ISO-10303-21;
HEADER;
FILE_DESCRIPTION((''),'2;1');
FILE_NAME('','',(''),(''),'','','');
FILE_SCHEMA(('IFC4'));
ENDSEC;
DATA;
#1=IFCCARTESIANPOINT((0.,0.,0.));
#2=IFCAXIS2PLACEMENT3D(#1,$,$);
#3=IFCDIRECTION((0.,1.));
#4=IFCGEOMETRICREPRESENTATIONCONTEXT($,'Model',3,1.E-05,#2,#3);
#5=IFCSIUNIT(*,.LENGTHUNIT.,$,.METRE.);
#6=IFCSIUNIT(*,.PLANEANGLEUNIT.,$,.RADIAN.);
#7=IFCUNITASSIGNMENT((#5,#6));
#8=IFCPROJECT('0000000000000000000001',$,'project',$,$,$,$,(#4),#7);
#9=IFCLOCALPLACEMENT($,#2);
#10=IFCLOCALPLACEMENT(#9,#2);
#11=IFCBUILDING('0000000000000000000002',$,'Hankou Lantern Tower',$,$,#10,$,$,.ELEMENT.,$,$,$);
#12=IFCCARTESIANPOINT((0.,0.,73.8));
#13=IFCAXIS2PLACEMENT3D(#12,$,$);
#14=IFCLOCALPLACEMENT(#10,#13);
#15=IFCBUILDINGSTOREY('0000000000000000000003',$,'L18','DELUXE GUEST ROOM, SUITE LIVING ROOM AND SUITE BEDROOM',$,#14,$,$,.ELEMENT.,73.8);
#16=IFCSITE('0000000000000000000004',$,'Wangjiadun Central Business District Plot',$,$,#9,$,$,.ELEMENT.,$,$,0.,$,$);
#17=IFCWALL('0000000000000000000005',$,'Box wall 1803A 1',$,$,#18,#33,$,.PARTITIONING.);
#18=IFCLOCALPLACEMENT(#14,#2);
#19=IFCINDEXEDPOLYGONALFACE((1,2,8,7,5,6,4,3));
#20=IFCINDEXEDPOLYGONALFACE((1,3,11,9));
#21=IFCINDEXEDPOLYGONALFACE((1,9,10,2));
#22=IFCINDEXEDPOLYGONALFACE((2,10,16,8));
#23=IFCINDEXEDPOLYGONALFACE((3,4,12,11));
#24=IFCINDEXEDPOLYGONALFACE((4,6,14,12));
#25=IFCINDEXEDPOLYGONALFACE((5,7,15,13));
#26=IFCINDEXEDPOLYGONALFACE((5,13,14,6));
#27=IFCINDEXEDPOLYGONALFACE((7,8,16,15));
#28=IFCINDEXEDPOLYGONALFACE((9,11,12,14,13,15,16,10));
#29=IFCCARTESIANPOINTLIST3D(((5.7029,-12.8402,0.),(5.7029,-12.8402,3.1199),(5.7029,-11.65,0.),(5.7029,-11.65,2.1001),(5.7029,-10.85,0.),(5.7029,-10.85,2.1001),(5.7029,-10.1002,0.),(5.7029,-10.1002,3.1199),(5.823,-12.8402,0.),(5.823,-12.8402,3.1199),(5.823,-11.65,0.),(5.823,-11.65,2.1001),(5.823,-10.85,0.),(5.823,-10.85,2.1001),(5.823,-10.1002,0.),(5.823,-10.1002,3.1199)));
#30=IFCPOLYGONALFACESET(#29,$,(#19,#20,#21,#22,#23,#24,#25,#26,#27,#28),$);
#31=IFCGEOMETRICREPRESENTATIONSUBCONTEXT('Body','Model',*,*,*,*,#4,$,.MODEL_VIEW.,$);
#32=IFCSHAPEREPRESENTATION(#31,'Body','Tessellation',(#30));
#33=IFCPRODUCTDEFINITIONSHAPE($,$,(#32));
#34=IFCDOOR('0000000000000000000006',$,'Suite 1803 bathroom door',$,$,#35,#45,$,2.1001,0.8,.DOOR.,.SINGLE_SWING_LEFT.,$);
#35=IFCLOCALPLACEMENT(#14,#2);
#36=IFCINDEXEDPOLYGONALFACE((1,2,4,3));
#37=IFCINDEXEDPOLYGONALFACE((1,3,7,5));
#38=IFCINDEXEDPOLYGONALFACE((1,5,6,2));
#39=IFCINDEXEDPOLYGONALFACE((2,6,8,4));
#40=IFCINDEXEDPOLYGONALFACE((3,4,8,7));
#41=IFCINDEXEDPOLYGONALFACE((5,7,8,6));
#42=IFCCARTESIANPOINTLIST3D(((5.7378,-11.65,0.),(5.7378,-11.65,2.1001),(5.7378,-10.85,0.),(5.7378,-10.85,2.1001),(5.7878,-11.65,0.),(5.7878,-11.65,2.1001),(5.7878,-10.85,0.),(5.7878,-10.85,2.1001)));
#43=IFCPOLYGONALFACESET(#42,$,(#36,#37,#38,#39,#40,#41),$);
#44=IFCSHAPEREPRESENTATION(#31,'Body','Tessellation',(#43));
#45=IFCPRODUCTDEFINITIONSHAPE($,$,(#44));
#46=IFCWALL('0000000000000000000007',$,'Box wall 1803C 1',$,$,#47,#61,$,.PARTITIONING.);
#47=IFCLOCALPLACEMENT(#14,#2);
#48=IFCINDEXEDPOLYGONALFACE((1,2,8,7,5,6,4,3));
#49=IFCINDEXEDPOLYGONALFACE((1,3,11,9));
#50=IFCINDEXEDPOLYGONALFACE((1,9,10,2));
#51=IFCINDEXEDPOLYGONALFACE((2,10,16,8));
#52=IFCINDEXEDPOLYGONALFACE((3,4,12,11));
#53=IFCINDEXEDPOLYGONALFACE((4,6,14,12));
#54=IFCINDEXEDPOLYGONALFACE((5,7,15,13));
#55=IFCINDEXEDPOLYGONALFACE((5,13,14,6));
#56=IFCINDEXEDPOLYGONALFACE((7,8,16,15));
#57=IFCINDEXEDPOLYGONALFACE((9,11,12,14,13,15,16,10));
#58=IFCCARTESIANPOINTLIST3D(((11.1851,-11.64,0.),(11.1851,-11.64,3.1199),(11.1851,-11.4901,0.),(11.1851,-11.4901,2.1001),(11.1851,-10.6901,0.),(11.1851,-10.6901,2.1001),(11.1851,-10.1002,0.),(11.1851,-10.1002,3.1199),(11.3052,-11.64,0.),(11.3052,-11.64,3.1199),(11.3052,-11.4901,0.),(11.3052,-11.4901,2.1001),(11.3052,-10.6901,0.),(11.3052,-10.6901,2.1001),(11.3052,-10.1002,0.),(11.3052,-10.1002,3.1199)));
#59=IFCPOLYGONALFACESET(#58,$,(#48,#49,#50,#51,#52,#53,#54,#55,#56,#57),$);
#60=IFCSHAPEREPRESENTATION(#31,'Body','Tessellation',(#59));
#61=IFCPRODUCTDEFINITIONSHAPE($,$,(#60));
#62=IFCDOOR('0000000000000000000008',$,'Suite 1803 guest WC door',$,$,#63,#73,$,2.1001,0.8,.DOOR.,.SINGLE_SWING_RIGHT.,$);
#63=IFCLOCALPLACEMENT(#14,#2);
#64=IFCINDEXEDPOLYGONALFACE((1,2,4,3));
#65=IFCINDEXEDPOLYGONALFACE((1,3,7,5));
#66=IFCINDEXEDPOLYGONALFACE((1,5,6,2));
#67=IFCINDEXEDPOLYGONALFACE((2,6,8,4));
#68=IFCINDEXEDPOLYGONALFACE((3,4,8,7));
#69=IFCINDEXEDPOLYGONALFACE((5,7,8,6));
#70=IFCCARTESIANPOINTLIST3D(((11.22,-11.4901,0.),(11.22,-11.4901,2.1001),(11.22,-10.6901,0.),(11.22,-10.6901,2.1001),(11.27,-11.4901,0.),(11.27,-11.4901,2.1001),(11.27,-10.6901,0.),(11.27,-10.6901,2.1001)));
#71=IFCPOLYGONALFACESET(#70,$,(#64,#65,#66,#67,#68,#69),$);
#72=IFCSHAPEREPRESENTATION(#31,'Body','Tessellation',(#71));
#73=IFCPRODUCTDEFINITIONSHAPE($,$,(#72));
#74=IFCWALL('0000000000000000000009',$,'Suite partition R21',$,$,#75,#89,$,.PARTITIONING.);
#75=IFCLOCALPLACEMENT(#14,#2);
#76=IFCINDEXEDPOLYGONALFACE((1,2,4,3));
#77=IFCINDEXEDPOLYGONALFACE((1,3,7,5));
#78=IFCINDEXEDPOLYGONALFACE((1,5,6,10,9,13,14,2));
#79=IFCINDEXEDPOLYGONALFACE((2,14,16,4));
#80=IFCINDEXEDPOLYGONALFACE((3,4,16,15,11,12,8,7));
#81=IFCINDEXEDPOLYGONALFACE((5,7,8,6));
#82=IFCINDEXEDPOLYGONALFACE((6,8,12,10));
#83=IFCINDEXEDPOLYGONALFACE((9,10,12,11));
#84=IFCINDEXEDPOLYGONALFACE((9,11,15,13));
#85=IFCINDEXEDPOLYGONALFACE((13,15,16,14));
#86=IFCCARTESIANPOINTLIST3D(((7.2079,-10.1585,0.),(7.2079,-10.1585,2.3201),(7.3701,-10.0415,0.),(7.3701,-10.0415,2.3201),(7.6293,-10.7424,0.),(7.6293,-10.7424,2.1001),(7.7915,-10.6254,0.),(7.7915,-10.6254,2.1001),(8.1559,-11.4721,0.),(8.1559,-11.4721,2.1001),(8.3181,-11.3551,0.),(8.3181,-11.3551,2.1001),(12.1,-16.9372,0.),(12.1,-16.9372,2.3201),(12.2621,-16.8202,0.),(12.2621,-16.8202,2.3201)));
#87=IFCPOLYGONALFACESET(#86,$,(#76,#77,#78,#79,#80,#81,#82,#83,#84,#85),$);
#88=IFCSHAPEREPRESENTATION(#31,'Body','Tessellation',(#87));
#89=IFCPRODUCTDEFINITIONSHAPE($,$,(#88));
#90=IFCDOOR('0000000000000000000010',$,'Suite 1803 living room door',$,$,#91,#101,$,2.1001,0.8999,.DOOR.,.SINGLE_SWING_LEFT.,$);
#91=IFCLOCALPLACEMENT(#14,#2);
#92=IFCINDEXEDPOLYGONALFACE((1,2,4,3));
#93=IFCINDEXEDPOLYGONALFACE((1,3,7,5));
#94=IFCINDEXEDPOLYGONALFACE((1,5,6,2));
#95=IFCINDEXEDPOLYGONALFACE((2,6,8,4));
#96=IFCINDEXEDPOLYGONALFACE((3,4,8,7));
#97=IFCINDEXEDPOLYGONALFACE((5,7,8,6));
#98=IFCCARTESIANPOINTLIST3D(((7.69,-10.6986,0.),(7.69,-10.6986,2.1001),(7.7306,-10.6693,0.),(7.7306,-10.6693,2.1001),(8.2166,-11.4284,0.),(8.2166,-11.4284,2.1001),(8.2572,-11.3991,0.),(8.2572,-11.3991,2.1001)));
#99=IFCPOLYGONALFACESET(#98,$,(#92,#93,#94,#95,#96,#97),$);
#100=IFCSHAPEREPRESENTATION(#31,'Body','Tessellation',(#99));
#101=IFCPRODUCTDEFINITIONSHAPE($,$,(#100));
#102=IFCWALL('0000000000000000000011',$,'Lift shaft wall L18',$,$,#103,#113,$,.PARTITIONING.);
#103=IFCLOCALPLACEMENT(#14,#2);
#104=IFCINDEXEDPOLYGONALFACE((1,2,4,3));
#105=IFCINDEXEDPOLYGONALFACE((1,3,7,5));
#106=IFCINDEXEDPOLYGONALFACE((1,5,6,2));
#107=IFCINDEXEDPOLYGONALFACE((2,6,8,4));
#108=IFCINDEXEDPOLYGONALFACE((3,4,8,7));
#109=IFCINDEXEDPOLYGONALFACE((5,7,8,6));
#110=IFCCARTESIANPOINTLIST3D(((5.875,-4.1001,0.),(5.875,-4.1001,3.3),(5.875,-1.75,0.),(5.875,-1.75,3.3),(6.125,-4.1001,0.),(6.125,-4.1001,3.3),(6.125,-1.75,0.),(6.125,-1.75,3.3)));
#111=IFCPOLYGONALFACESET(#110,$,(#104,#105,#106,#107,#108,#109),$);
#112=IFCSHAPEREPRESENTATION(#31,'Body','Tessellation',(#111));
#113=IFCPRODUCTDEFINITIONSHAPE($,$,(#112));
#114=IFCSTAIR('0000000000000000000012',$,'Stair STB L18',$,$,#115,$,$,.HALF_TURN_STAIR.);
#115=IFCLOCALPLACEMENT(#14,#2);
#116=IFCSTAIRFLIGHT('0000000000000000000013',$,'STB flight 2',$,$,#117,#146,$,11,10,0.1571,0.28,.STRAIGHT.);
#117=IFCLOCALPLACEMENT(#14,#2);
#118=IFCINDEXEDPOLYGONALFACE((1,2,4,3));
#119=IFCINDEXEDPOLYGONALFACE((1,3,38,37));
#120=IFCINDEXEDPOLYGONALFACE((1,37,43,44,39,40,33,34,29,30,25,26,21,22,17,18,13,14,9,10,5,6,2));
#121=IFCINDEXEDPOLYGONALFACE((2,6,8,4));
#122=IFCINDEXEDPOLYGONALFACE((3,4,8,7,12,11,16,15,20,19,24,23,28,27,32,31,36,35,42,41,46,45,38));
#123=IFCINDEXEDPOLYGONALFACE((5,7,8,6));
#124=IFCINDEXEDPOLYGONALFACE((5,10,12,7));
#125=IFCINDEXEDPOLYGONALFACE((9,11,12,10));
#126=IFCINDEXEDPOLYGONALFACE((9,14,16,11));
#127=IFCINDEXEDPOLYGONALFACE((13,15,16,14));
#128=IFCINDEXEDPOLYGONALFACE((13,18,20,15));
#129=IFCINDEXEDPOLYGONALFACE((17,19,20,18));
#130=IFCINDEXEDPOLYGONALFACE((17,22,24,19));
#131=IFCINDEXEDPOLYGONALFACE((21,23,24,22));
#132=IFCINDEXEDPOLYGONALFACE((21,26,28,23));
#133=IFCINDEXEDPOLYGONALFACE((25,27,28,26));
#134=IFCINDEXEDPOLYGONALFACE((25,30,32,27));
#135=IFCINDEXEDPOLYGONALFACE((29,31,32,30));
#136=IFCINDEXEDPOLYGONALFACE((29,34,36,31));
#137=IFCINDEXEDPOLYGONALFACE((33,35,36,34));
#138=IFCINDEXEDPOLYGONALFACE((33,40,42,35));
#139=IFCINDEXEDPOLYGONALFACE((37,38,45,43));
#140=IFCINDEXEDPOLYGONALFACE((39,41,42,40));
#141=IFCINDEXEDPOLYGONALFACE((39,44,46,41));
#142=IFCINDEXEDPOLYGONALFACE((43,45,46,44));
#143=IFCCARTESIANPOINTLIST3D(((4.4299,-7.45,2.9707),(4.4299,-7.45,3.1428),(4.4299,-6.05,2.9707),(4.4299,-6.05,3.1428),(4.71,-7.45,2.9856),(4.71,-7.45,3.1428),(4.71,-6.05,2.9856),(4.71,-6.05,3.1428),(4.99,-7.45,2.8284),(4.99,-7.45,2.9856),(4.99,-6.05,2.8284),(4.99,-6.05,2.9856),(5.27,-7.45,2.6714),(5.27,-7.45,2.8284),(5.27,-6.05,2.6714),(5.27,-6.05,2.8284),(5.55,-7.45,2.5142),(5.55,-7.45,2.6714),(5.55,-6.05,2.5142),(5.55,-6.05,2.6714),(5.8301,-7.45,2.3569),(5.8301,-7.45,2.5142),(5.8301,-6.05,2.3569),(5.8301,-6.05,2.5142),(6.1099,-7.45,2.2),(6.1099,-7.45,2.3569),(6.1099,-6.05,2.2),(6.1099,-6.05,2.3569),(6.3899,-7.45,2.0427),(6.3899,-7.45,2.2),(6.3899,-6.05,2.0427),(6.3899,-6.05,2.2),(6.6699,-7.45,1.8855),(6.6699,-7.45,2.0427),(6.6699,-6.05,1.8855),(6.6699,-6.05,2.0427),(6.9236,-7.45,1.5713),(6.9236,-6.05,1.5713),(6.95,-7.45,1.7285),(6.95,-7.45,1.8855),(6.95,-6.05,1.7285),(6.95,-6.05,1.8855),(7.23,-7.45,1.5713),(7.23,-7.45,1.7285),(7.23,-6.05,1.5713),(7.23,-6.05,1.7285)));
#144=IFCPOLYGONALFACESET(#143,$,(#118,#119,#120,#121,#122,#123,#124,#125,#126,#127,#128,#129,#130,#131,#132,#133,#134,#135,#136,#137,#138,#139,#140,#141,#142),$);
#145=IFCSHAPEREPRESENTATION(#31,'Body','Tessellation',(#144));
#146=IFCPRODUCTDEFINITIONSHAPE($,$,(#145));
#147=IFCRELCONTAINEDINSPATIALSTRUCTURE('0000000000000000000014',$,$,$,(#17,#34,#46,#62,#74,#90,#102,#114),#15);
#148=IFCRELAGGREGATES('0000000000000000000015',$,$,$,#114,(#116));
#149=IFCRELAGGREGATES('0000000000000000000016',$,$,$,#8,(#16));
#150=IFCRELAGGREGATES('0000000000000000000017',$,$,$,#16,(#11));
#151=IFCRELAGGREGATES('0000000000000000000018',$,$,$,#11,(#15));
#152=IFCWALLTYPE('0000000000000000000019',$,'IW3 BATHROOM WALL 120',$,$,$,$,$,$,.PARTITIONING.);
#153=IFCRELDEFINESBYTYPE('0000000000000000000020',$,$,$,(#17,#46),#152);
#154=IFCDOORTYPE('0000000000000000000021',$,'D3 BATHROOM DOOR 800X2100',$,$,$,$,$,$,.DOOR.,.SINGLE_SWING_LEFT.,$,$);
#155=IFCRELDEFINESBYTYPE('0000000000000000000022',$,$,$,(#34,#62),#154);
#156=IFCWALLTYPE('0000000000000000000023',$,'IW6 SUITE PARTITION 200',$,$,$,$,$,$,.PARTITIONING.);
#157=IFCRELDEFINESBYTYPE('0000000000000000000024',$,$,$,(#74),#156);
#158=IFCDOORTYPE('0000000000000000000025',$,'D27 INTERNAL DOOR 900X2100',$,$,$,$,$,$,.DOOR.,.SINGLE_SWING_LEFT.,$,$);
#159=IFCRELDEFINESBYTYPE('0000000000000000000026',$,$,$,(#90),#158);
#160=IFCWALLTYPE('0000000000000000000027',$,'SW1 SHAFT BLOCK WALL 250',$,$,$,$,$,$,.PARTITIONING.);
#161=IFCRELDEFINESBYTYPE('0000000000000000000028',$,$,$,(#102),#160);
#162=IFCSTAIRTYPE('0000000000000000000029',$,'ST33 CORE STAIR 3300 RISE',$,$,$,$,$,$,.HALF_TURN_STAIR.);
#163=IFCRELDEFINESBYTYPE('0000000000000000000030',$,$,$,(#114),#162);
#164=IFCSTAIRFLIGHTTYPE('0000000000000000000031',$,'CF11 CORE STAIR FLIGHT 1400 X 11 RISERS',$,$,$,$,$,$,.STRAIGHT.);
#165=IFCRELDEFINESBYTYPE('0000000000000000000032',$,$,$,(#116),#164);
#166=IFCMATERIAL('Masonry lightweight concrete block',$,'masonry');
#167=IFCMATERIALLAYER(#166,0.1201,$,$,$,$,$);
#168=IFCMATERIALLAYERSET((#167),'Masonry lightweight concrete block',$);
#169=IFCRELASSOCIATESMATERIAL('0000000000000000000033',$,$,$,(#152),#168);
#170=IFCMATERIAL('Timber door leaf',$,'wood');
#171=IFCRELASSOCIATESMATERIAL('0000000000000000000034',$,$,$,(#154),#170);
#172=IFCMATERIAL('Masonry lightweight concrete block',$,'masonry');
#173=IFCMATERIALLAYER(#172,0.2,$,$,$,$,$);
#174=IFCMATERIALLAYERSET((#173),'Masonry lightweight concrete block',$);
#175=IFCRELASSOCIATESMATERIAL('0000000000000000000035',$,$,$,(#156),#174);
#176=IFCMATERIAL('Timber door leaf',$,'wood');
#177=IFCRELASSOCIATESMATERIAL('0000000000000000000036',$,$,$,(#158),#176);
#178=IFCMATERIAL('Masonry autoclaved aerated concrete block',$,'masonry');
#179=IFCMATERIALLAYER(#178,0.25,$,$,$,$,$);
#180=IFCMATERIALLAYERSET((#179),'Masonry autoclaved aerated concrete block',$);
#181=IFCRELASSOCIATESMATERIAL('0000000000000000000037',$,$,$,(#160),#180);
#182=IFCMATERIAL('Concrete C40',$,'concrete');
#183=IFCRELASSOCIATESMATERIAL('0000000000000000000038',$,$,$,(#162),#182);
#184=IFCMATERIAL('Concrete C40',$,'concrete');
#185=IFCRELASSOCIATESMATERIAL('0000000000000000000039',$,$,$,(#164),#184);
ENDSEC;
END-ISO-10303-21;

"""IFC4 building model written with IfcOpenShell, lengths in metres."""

from ifc_helpers import new_model, si_unit, direction, frame, frame_2d, origin, place, context, subcontext, project, spatial, polyline, rectangle, outline, extrude, material, layer, layer_set, type_object, element, fill, aggregate, save


model = new_model("IFC4")

# Units and contexts
model_context = context("Model", 3, precision=1e-05, world=origin(), true_north=direction((0.0, 1.0)))
body_context = subcontext(model_context, "Body", "Model", "MODEL_VIEW")
ifc_project = project(units=[si_unit("LENGTHUNIT", "METRE"), si_unit("PLANEANGLEUNIT", "RADIAN")], contexts=[model_context])

# Site, building, storey
site_placement = place(None, origin())
site = spatial("IfcSite", under=ifc_project, at=site_placement, Name="Wangjiadun Central Business District Plot", CompositionType="ELEMENT", RefElevation=0.0)
building_placement = place(site_placement, origin())
building = spatial("IfcBuilding", under=site, at=building_placement, Name="Hankou Lantern Tower", CompositionType="ELEMENT")
storey_placement = place(building_placement, frame((0.0, 0.0, 73.8)))
storey = spatial("IfcBuildingStorey", under=building, at=storey_placement, Name="L18", Description="DELUXE GUEST ROOM, SUITE LIVING ROOM AND SUITE BEDROOM", CompositionType="ELEMENT", Elevation=73.8)

# Walls, openings, doors
ifc_material_1 = material(Name="Masonry lightweight concrete block", Category="masonry")
ifc_layer_1 = layer(ifc_material_1, 0.1201)
ifc_layer_set_1 = layer_set([ifc_layer_1], Name="Masonry lightweight concrete block")
wall_type_1 = type_object("IfcWallType", Name="IW3 BATHROOM WALL 120", PredefinedType="PARTITIONING", material=ifc_layer_set_1)
wall_1_placement = place(storey_placement, frame((5.7629, -10.1001, 0.0), z_axis=(0.0, 0.0, 1.0), x_axis=(0.0, -1.0, 0.0)))
wall_1 = element("IfcWall", 1, at=wall_1_placement, inside=storey, type_object=wall_type_1, Name="Box wall 1803A 1", PredefinedType="PARTITIONING", context=body_context, shape_type="SweptSolid", body=[
    extrude(rectangle(XDim=2.74, YDim=0.1201, at=frame_2d((1.3701, 0.0))), origin(), (0.0, 0.0, 1.0), 3.1199),
])
opening_1_placement = place(wall_1_placement, frame((0.75, 0.0, 0.0)))
opening_1 = element("IfcOpeningElement", 2, at=opening_1_placement, cuts=wall_1, PredefinedType="OPENING", context=body_context, shape_type="SweptSolid", body=[
    extrude(rectangle(XDim=0.8, YDim=2.1001, at=frame_2d((0.3999, 1.05))), frame((0.0, 0.0701, 0.0), z_axis=(0.0, -1.0, 0.0), x_axis=(1.0, 0.0, 0.0)), (0.0, 0.0, 1.0), 0.1401),
])
ifc_material_2 = material(Name="Timber door leaf", Category="wood")
door_type_1 = type_object("IfcDoorType", Name="D3 BATHROOM DOOR 800X2100", OperationType="SINGLE_SWING_LEFT", PredefinedType="DOOR", material=ifc_material_2)
door_1_placement = place(opening_1_placement, origin())
door_1 = element("IfcDoor", 3, at=door_1_placement, inside=storey, type_object=door_type_1, Name="Suite 1803 bathroom door", OperationType="SINGLE_SWING_LEFT", OverallHeight=2.1001, OverallWidth=0.8, PredefinedType="DOOR", context=body_context, shape_type="SweptSolid", body=[
    extrude(rectangle(XDim=0.8, YDim=2.1001, at=frame_2d((0.3999, 1.05))), frame((0.0, 0.0249, 0.0), z_axis=(0.0, -1.0, 0.0), x_axis=(1.0, 0.0, 0.0)), (0.0, 0.0, 1.0), 0.05),
])
fill(opening_1, door_1)
wall_2_placement = place(storey_placement, frame((11.2451, -10.1001, 0.0), z_axis=(0.0, 0.0, 1.0), x_axis=(0.0, -1.0, 0.0)))
wall_2 = element("IfcWall", 4, at=wall_2_placement, inside=storey, type_object=wall_type_1, Name="Box wall 1803C 1", PredefinedType="PARTITIONING", context=body_context, shape_type="SweptSolid", body=[
    extrude(rectangle(XDim=1.5398, YDim=0.1201, at=frame_2d((0.77, 0.0))), origin(), (0.0, 0.0, 1.0), 3.1199),
])
opening_2_placement = place(wall_2_placement, frame((0.5901, 0.0, 0.0)))
opening_2 = element("IfcOpeningElement", 5, at=opening_2_placement, cuts=wall_2, PredefinedType="OPENING", context=body_context, shape_type="SweptSolid", body=[
    extrude(rectangle(XDim=0.8, YDim=2.1001, at=frame_2d((0.3999, 1.05))), frame((0.0, 0.0701, 0.0), z_axis=(0.0, -1.0, 0.0), x_axis=(1.0, 0.0, 0.0)), (0.0, 0.0, 1.0), 0.1401),
])
door_2_placement = place(opening_2_placement, origin())
door_2 = element("IfcDoor", 6, at=door_2_placement, inside=storey, type_object=door_type_1, Name="Suite 1803 guest WC door", OperationType="SINGLE_SWING_RIGHT", OverallHeight=2.1001, OverallWidth=0.8, PredefinedType="DOOR", context=body_context, shape_type="SweptSolid", body=[
    extrude(rectangle(XDim=0.8, YDim=2.1001, at=frame_2d((0.3999, 1.05))), frame((0.0, 0.0249, 0.0), z_axis=(0.0, -1.0, 0.0), x_axis=(1.0, 0.0, 0.0)), (0.0, 0.0, 1.0), 0.05),
])
fill(opening_2, door_2)
ifc_material_3 = material(Name="Masonry lightweight concrete block", Category="masonry")
ifc_layer_2 = layer(ifc_material_3, 0.2)
ifc_layer_set_2 = layer_set([ifc_layer_2], Name="Masonry lightweight concrete block")
wall_type_2 = type_object("IfcWallType", Name="IW6 SUITE PARTITION 200", PredefinedType="PARTITIONING", material=ifc_layer_set_2)
wall_3_placement = place(storey_placement, frame((7.2891, -10.1001, 0.0), z_axis=(0.0, 0.0, 1.0), x_axis=(0.585198, -0.81089, 0.0)))
wall_3 = element("IfcWall", 7, at=wall_3_placement, inside=storey, type_object=wall_type_2, Name="Suite partition R21", PredefinedType="PARTITIONING", context=body_context, shape_type="SweptSolid", body=[
    extrude(rectangle(XDim=8.3596, YDim=0.2, at=frame_2d((4.1797, 0.0))), origin(), (0.0, 0.0, 1.0), 2.3201),
])
opening_3_placement = place(wall_3_placement, frame((0.72, 0.0, 0.0)))
opening_3 = element("IfcOpeningElement", 8, at=opening_3_placement, cuts=wall_3, PredefinedType="OPENING", context=body_context, shape_type="SweptSolid", body=[
    extrude(rectangle(XDim=0.8999, YDim=2.1001, at=frame_2d((0.45, 1.05))), frame((0.0, 0.1099, 0.0), z_axis=(0.0, -1.0, 0.0), x_axis=(1.0, 0.0, 0.0)), (0.0, 0.0, 1.0), 0.22),
])
ifc_material_4 = material(Name="Timber door leaf", Category="wood")
door_type_2 = type_object("IfcDoorType", Name="D27 INTERNAL DOOR 900X2100", OperationType="SINGLE_SWING_LEFT", PredefinedType="DOOR", material=ifc_material_4)
door_3_placement = place(opening_3_placement, origin())
door_3 = element("IfcDoor", 9, at=door_3_placement, inside=storey, type_object=door_type_2, Name="Suite 1803 living room door", OperationType="SINGLE_SWING_LEFT", OverallHeight=2.1001, OverallWidth=0.8999, PredefinedType="DOOR", context=body_context, shape_type="SweptSolid", body=[
    extrude(rectangle(XDim=0.8999, YDim=2.1001, at=frame_2d((0.45, 1.05))), frame((0.0, 0.0249, 0.0), z_axis=(0.0, -1.0, 0.0), x_axis=(1.0, 0.0, 0.0)), (0.0, 0.0, 1.0), 0.05),
])
fill(opening_3, door_3)

# Wall
ifc_material_5 = material(Name="Masonry autoclaved aerated concrete block", Category="masonry")
ifc_layer_3 = layer(ifc_material_5, 0.25)
ifc_layer_set_3 = layer_set([ifc_layer_3], Name="Masonry autoclaved aerated concrete block")
wall_type_3 = type_object("IfcWallType", Name="SW1 SHAFT BLOCK WALL 250", PredefinedType="PARTITIONING", material=ifc_layer_set_3)
wall_4_placement = place(storey_placement, frame((6.0, -4.1001, 0.0), z_axis=(0.0, 0.0, 1.0), x_axis=(0.0, 1.0, 0.0)))
element("IfcWall", 10, at=wall_4_placement, inside=storey, type_object=wall_type_3, Name="Lift shaft wall L18", PredefinedType="PARTITIONING", context=body_context, shape_type="SweptSolid", body=[
    extrude(rectangle(XDim=2.3501, YDim=0.25, at=frame_2d((1.175, 0.0))), origin(), (0.0, 0.0, 1.0), 3.3),
])

# Stair, stair flight
ifc_material_6 = material(Name="Concrete C40", Category="concrete")
stair_type = type_object("IfcStairType", Name="ST33 CORE STAIR 3300 RISE", PredefinedType="HALF_TURN_STAIR", material=ifc_material_6)
stair_placement = place(storey_placement, origin())
stair = element("IfcStair", 11, at=stair_placement, inside=storey, type_object=stair_type, Name="Stair STB L18", PredefinedType="HALF_TURN_STAIR")
ifc_material_7 = material(Name="Concrete C40", Category="concrete")
stair_flight_type = type_object("IfcStairFlightType", Name="CF11 CORE STAIR FLIGHT 1400 X 11 RISERS", PredefinedType="STRAIGHT", material=ifc_material_7)
stair_flight_placement = place(storey_placement, frame((7.23, -6.75, 1.5713), z_axis=(0.0, 0.0, 1.0), x_axis=(-1.0, 0.0, 0.0)))
stair_flight = element("IfcStairFlight", 12, at=stair_flight_placement, type_object=stair_flight_type, Name="STB flight 2", NumberOfRisers=11, NumberOfTreads=10, PredefinedType="STRAIGHT", RiserHeight=0.1571, TreadLength=0.28, context=body_context, shape_type="SweptSolid", body=[
    extrude(outline(polyline([(0.0, 0.0), (0.0, 0.1572), (0.28, 0.1572), (0.28, 0.3142), (0.5601, 0.3142), (0.5601, 0.4714), (0.8401, 0.4714), (0.8401, 0.6287), (1.1201, 0.6287), (1.1201, 0.7856), (1.3999, 0.7856), (1.3999, 0.9429), (1.6799, 0.9429), (1.6799, 1.1001), (1.96, 1.1001), (1.96, 1.2571), (2.24, 1.2571), (2.24, 1.4143), (2.52, 1.4143), (2.52, 1.5715), (2.8, 1.5715), (2.8, 1.7285), (2.8, 1.3994), (0.3064, 0.0), (0.0, 0.0)])), frame((0.0, 0.7, 0.0), z_axis=(0.0, -1.0, 0.0), x_axis=(1.0, 0.0, 0.0)), (0.0, 0.0, 1.0), 1.3999),
])
aggregate(stair, [stair_flight])

save(model, "model.ifc")
